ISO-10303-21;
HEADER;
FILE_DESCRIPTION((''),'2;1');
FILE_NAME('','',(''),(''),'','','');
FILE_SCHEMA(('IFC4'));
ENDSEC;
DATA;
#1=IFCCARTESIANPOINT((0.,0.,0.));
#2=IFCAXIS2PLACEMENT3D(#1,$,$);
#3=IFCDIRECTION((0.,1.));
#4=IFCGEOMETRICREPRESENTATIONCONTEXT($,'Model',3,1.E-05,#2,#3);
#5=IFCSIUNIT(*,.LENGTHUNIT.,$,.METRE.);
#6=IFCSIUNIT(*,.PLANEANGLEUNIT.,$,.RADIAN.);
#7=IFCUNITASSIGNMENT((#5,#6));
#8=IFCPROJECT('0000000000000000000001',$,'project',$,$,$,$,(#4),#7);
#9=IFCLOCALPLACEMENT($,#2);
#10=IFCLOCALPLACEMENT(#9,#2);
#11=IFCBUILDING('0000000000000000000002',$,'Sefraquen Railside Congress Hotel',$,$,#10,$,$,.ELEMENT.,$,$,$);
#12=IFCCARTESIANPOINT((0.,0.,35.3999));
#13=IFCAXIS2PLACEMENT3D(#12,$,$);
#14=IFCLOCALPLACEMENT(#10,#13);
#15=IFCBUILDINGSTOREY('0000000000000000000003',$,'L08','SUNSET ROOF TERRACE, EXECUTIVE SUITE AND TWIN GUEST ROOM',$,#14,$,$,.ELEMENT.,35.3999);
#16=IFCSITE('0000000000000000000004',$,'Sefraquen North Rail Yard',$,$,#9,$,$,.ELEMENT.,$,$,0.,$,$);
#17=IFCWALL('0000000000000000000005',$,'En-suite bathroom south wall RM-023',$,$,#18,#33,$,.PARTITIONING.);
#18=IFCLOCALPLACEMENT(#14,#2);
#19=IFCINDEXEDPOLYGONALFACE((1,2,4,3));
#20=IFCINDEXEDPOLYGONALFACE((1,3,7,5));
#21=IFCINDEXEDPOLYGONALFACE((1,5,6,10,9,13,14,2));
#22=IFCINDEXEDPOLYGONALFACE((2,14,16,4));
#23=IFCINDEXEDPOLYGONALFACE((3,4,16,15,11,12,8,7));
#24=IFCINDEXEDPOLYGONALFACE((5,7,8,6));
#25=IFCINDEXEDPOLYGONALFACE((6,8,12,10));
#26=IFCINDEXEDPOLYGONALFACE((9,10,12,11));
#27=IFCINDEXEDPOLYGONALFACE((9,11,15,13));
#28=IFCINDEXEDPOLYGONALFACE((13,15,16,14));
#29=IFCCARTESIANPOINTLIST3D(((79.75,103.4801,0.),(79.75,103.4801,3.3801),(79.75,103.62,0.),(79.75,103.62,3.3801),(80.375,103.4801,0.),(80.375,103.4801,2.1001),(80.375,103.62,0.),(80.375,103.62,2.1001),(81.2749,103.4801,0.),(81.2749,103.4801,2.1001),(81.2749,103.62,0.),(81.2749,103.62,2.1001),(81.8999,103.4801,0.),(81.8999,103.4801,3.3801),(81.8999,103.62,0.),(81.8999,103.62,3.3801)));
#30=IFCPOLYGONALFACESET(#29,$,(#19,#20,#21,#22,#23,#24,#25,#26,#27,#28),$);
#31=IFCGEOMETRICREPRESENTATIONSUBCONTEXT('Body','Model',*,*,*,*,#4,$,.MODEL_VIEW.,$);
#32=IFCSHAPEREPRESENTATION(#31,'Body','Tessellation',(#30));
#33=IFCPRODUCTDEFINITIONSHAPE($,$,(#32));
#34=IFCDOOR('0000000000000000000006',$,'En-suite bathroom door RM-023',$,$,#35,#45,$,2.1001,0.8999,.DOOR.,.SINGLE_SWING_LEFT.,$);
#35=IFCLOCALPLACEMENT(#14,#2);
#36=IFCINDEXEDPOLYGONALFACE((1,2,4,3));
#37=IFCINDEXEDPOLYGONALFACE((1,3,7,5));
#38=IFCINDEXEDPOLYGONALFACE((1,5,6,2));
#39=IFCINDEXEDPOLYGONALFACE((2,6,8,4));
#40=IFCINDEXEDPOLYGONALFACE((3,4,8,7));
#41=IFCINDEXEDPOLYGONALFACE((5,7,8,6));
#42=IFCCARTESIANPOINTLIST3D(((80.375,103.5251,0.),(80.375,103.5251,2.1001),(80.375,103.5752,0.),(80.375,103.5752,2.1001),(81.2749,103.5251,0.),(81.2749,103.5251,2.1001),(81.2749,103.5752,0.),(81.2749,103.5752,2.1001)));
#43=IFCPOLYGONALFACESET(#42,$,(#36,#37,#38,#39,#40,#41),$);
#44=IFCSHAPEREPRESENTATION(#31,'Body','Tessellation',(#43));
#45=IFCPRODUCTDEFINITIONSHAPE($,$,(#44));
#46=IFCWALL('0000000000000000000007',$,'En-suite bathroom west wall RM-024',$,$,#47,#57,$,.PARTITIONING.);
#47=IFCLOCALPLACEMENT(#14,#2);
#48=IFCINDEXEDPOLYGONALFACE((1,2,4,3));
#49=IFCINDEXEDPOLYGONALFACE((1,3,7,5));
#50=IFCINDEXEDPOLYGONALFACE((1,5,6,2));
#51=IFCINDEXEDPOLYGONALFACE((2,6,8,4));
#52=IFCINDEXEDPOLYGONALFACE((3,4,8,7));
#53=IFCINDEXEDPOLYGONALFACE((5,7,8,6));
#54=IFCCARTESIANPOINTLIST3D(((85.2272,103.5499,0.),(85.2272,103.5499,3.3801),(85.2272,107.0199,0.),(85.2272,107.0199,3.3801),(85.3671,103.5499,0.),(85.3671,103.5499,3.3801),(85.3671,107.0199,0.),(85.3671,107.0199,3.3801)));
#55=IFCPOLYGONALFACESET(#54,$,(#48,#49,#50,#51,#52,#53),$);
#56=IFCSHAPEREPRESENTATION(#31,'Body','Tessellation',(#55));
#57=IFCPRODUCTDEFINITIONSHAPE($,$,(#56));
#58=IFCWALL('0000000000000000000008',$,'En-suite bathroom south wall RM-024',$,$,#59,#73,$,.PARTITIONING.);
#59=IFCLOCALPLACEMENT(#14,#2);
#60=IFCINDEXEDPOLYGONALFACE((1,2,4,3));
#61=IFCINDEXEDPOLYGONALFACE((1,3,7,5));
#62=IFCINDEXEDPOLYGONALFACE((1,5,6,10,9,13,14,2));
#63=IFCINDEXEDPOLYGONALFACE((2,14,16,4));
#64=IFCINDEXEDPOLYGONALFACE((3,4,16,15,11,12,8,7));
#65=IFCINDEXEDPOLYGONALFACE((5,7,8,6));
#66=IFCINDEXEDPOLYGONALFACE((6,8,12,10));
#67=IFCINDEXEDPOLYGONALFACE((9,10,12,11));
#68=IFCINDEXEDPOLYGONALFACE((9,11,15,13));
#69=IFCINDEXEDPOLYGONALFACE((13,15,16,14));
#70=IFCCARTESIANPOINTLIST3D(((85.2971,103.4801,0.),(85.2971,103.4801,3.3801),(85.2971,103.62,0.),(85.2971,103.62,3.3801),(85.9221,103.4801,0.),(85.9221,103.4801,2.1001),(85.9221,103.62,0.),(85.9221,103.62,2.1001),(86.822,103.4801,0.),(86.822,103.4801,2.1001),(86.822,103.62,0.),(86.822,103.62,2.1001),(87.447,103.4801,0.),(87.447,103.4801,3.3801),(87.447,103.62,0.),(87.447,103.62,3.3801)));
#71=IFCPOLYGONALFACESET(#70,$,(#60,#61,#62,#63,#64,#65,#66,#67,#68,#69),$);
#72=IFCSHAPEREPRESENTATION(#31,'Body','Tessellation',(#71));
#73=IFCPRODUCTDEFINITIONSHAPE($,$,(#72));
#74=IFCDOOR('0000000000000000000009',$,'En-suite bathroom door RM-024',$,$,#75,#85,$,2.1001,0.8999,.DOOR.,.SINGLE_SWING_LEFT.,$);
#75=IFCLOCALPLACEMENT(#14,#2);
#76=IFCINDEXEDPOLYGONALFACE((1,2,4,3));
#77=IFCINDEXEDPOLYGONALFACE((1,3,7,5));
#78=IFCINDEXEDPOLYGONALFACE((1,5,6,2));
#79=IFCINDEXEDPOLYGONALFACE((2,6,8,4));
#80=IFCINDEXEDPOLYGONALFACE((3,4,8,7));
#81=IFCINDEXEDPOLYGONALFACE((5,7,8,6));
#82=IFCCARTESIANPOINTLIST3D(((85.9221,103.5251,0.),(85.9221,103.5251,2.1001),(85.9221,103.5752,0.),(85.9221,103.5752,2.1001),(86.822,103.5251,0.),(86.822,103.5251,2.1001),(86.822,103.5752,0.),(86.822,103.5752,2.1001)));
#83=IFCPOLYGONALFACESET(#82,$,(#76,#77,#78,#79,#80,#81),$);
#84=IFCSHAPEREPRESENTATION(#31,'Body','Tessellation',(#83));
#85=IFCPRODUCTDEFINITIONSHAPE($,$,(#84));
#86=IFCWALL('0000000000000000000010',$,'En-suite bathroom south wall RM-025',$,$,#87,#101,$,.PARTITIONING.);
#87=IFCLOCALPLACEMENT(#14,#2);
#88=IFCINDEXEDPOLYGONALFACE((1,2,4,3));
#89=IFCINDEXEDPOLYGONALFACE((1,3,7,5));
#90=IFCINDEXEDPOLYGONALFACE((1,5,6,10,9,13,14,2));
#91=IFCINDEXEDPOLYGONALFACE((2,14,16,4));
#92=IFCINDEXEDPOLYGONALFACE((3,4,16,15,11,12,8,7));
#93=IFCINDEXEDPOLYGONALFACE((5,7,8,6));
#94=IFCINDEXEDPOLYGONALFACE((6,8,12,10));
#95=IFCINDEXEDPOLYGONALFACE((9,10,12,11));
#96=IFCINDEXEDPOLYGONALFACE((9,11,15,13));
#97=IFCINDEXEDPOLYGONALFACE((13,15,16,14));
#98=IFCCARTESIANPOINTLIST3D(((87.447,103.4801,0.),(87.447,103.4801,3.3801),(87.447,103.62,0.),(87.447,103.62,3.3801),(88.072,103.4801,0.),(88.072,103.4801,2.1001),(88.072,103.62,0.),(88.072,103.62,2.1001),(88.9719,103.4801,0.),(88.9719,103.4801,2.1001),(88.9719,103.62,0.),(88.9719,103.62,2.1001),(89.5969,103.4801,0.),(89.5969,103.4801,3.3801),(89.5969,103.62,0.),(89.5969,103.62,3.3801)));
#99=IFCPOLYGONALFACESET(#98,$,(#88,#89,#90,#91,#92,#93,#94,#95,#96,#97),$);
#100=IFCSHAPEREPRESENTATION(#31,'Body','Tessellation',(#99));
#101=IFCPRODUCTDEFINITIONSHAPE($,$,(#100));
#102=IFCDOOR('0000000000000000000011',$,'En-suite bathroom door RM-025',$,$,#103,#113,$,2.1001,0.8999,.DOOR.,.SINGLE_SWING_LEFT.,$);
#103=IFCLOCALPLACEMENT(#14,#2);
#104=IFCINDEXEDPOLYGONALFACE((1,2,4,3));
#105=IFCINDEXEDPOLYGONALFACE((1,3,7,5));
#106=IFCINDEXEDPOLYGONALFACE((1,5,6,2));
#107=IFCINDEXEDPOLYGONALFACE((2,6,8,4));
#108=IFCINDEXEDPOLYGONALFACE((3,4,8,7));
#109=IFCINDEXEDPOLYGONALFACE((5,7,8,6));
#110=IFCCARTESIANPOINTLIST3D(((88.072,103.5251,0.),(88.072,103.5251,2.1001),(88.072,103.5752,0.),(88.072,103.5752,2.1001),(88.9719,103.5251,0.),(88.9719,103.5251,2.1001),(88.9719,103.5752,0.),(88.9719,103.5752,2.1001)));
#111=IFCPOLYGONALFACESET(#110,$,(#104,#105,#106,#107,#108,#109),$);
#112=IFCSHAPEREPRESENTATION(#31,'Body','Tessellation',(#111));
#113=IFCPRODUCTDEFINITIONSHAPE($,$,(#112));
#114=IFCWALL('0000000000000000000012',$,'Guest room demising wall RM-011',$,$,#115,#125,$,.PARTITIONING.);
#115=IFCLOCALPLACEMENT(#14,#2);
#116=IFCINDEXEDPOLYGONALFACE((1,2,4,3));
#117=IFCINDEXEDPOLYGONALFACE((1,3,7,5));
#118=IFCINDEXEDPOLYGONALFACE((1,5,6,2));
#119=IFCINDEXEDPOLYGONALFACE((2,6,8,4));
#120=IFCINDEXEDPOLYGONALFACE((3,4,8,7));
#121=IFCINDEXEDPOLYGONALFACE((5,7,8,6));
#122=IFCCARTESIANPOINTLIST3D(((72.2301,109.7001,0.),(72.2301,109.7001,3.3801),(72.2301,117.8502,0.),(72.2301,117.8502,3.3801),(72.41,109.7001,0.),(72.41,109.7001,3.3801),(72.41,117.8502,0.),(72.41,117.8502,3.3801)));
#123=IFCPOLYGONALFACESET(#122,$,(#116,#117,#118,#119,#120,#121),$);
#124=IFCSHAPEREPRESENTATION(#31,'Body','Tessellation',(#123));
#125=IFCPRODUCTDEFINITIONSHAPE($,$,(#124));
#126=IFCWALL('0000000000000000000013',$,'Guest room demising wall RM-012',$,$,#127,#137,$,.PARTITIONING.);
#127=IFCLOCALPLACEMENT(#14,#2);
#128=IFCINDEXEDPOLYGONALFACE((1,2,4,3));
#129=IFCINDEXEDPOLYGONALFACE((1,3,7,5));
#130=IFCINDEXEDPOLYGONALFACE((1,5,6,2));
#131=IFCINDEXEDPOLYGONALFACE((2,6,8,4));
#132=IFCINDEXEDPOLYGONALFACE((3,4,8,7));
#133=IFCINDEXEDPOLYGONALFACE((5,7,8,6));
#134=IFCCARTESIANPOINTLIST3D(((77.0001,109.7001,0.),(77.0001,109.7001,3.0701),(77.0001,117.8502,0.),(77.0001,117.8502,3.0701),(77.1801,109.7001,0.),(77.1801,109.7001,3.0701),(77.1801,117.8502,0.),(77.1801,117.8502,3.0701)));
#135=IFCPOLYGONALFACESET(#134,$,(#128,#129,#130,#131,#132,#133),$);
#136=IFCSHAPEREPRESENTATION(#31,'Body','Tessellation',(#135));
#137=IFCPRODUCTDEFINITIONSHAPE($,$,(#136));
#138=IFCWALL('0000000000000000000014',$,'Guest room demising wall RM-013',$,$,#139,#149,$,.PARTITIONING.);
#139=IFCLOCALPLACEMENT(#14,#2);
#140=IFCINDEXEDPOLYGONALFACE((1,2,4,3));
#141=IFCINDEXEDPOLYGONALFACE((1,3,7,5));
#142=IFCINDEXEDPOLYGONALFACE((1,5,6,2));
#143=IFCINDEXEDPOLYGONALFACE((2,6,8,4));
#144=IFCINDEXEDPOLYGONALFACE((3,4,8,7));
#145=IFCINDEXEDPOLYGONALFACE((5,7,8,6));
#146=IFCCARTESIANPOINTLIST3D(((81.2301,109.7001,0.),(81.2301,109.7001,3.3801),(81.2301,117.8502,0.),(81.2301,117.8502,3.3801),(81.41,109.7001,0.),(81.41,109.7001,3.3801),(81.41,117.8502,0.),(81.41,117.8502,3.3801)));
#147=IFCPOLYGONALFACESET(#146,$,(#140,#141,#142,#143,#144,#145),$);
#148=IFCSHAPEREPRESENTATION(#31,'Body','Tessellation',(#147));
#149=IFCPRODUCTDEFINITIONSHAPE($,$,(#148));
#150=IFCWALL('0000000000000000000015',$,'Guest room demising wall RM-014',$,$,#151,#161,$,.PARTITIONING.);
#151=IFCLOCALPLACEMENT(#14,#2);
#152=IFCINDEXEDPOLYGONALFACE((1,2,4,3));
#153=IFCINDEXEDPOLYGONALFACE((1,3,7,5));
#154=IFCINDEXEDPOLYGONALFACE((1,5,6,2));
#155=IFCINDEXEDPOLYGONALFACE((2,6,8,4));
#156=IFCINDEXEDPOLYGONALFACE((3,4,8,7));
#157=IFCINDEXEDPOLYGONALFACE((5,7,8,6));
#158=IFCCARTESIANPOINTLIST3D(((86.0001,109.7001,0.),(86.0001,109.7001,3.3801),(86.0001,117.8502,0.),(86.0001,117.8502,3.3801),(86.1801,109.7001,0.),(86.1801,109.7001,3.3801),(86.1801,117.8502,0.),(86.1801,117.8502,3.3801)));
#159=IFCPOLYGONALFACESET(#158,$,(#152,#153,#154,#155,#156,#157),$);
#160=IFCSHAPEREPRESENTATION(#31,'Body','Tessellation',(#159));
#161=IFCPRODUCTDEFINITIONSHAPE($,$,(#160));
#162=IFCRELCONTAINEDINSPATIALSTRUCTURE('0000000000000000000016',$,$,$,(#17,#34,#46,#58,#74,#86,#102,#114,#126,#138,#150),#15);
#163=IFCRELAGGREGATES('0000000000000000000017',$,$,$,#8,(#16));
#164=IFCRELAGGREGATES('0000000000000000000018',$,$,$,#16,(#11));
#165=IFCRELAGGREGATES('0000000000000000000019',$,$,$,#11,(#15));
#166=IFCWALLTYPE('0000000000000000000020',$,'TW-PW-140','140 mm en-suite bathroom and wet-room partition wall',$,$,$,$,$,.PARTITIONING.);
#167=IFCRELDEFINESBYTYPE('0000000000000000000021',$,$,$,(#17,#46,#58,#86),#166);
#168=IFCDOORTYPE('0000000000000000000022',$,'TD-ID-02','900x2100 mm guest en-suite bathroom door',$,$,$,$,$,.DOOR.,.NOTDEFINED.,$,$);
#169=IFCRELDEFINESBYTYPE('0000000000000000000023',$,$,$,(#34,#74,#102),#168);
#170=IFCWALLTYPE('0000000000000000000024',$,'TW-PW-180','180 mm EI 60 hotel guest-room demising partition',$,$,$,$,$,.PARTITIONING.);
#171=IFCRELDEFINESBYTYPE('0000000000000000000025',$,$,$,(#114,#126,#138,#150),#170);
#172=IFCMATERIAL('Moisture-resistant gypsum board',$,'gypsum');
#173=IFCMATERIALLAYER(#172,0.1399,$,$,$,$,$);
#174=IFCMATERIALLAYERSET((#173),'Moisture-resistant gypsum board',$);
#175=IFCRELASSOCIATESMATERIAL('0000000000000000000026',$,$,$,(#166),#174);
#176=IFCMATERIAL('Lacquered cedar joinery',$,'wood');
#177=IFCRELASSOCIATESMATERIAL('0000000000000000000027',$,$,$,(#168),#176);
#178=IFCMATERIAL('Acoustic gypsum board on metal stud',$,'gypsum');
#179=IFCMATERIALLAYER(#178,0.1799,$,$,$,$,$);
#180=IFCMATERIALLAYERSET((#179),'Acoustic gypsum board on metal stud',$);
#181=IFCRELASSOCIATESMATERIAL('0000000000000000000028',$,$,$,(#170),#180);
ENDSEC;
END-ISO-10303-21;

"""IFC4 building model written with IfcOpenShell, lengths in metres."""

from ifc_helpers import new_model, si_unit, direction, frame, frame_2d, origin, place, context, subcontext, project, spatial, rectangle, extrude, material, layer, layer_set, type_object, element, fill, save


model = new_model("IFC4")

# Units and contexts
model_context = context("Model", 3, precision=1e-05, world=origin(), true_north=direction((0.0, 1.0)))
body_context = subcontext(model_context, "Body", "Model", "MODEL_VIEW")
ifc_project = project(units=[si_unit("LENGTHUNIT", "METRE"), si_unit("PLANEANGLEUNIT", "RADIAN")], contexts=[model_context])

# Site, building, storey
site_placement = place(None, origin())
site = spatial("IfcSite", under=ifc_project, at=site_placement, Name="Sefraquen North Rail Yard", CompositionType="ELEMENT", RefElevation=0.0)
building_placement = place(site_placement, origin())
building = spatial("IfcBuilding", under=site, at=building_placement, Name="Sefraquen Railside Congress Hotel", CompositionType="ELEMENT")
storey_placement = place(building_placement, frame((0.0, 0.0, 35.3999)))
storey = spatial("IfcBuildingStorey", under=building, at=storey_placement, Name="L08", Description="SUNSET ROOF TERRACE, EXECUTIVE SUITE AND TWIN GUEST ROOM", CompositionType="ELEMENT", Elevation=35.3999)

# Shared definitions
ifc_material_1 = material(Name="Moisture-resistant gypsum board", Category="gypsum")
ifc_layer_1 = layer(ifc_material_1, 0.1399)
ifc_layer_set_1 = layer_set([ifc_layer_1], Name="Moisture-resistant gypsum board")
wall_type_1 = type_object("IfcWallType", Name="TW-PW-140", Description="140 mm en-suite bathroom and wet-room partition wall", PredefinedType="PARTITIONING", material=ifc_layer_set_1)

# Wall, opening, door
wall_1_placement = place(storey_placement, frame((79.75, 103.55, 0.0), z_axis=(0.0, 0.0, 1.0), x_axis=(1.0, 0.0, 0.0)))
wall_1 = element("IfcWall", 1, at=wall_1_placement, inside=storey, type_object=wall_type_1, Name="En-suite bathroom south wall RM-023", PredefinedType="PARTITIONING", context=body_context, shape_type="SweptSolid", body=[
    extrude(rectangle(XDim=2.1499, YDim=0.1399, at=frame_2d((1.075, 0.0))), origin(), (0.0, 0.0, 1.0), 3.3801),
])
opening_1_placement = place(wall_1_placement, frame((0.625, 0.0, 0.0)))
opening_1 = element("IfcOpeningElement", 2, at=opening_1_placement, cuts=wall_1, PredefinedType="OPENING", context=body_context, shape_type="SweptSolid", body=[
    extrude(rectangle(XDim=0.8999, YDim=2.1001, at=frame_2d((0.45, 1.05))), frame((0.0, 0.0798, 0.0), z_axis=(0.0, -1.0, 0.0), x_axis=(1.0, 0.0, 0.0)), (0.0, 0.0, 1.0), 0.1599),
])
ifc_material_2 = material(Name="Lacquered cedar joinery", Category="wood")
door_type_1 = type_object("IfcDoorType", Name="TD-ID-02", Description="900x2100 mm guest en-suite bathroom door", OperationType="NOTDEFINED", PredefinedType="DOOR", material=ifc_material_2)
door_1_placement = place(opening_1_placement, frame((0.8999, 0.0, 0.0), z_axis=(0.0, 0.0, 1.0), x_axis=(-1.0, 0.0, 0.0)))
door_1 = element("IfcDoor", 3, at=door_1_placement, inside=storey, type_object=door_type_1, Name="En-suite bathroom door RM-023", OperationType="SINGLE_SWING_LEFT", OverallHeight=2.1001, OverallWidth=0.8999, PredefinedType="DOOR", context=body_context, shape_type="SweptSolid", body=[
    extrude(rectangle(XDim=0.8999, YDim=2.1001, at=frame_2d((0.45, 1.05))), frame((0.0, 0.0249, 0.0), z_axis=(0.0, -1.0, 0.0), x_axis=(1.0, 0.0, 0.0)), (0.0, 0.0, 1.0), 0.05),
])
fill(opening_1, door_1)

# Wall
wall_2_placement = place(storey_placement, frame((85.2971, 103.55, 0.0), z_axis=(0.0, 0.0, 1.0), x_axis=(0.0, 1.0, 0.0)))
element("IfcWall", 4, at=wall_2_placement, inside=storey, type_object=wall_type_1, Name="En-suite bathroom west wall RM-024", PredefinedType="PARTITIONING", context=body_context, shape_type="SweptSolid", body=[
    extrude(rectangle(XDim=3.47, YDim=0.1399, at=frame_2d((1.7349, 0.0))), origin(), (0.0, 0.0, 1.0), 3.3801),
])

# Walls, openings, doors
wall_3_placement = place(storey_placement, frame((85.2971, 103.55, 0.0), z_axis=(0.0, 0.0, 1.0), x_axis=(1.0, 0.0, 0.0)))
wall_3 = element("IfcWall", 5, at=wall_3_placement, inside=storey, type_object=wall_type_1, Name="En-suite bathroom south wall RM-024", PredefinedType="PARTITIONING", context=body_context, shape_type="SweptSolid", body=[
    extrude(rectangle(XDim=2.1499, YDim=0.1399, at=frame_2d((1.075, 0.0))), origin(), (0.0, 0.0, 1.0), 3.3801),
])
opening_2_placement = place(wall_3_placement, frame((0.625, 0.0, 0.0)))
opening_2 = element("IfcOpeningElement", 6, at=opening_2_placement, cuts=wall_3, PredefinedType="OPENING", context=body_context, shape_type="SweptSolid", body=[
    extrude(rectangle(XDim=0.8999, YDim=2.1001, at=frame_2d((0.45, 1.05))), frame((0.0, 0.0798, 0.0), z_axis=(0.0, -1.0, 0.0), x_axis=(1.0, 0.0, 0.0)), (0.0, 0.0, 1.0), 0.1599),
])
door_2_placement = place(opening_2_placement, frame((0.8999, 0.0, 0.0), z_axis=(0.0, 0.0, 1.0), x_axis=(-1.0, 0.0, 0.0)))
door_2 = element("IfcDoor", 7, at=door_2_placement, inside=storey, type_object=door_type_1, Name="En-suite bathroom door RM-024", OperationType="SINGLE_SWING_LEFT", OverallHeight=2.1001, OverallWidth=0.8999, PredefinedType="DOOR", context=body_context, shape_type="SweptSolid", body=[
    extrude(rectangle(XDim=0.8999, YDim=2.1001, at=frame_2d((0.45, 1.05))), frame((0.0, 0.0249, 0.0), z_axis=(0.0, -1.0, 0.0), x_axis=(1.0, 0.0, 0.0)), (0.0, 0.0, 1.0), 0.05),
])
fill(opening_2, door_2)
wall_4_placement = place(storey_placement, frame((87.447, 103.55, 0.0), z_axis=(0.0, 0.0, 1.0), x_axis=(1.0, 0.0, 0.0)))
wall_4 = element("IfcWall", 8, at=wall_4_placement, inside=storey, type_object=wall_type_1, Name="En-suite bathroom south wall RM-025", PredefinedType="PARTITIONING", context=body_context, shape_type="SweptSolid", body=[
    extrude(rectangle(XDim=2.1499, YDim=0.1399, at=frame_2d((1.075, 0.0))), origin(), (0.0, 0.0, 1.0), 3.3801),
])
opening_3_placement = place(wall_4_placement, frame((0.625, 0.0, 0.0)))
opening_3 = element("IfcOpeningElement", 9, at=opening_3_placement, cuts=wall_4, PredefinedType="OPENING", context=body_context, shape_type="SweptSolid", body=[
    extrude(rectangle(XDim=0.8999, YDim=2.1001, at=frame_2d((0.45, 1.05))), frame((0.0, 0.0798, 0.0), z_axis=(0.0, -1.0, 0.0), x_axis=(1.0, 0.0, 0.0)), (0.0, 0.0, 1.0), 0.1599),
])
door_3_placement = place(opening_3_placement, frame((0.8999, 0.0, 0.0), z_axis=(0.0, 0.0, 1.0), x_axis=(-1.0, 0.0, 0.0)))
door_3 = element("IfcDoor", 10, at=door_3_placement, inside=storey, type_object=door_type_1, Name="En-suite bathroom door RM-025", OperationType="SINGLE_SWING_LEFT", OverallHeight=2.1001, OverallWidth=0.8999, PredefinedType="DOOR", context=body_context, shape_type="SweptSolid", body=[
    extrude(rectangle(XDim=0.8999, YDim=2.1001, at=frame_2d((0.45, 1.05))), frame((0.0, 0.0249, 0.0), z_axis=(0.0, -1.0, 0.0), x_axis=(1.0, 0.0, 0.0)), (0.0, 0.0, 1.0), 0.05),
])
fill(opening_3, door_3)

# Walls
ifc_material_3 = material(Name="Acoustic gypsum board on metal stud", Category="gypsum")
ifc_layer_2 = layer(ifc_material_3, 0.1799)
ifc_layer_set_2 = layer_set([ifc_layer_2], Name="Acoustic gypsum board on metal stud")
wall_type_2 = type_object("IfcWallType", Name="TW-PW-180", Description="180 mm EI 60 hotel guest-room demising partition", PredefinedType="PARTITIONING", material=ifc_layer_set_2)
wall_5_placement = place(storey_placement, frame((72.3201, 109.7, 0.0), z_axis=(0.0, 0.0, 1.0), x_axis=(0.0, 1.0, 0.0)))
element("IfcWall", 11, at=wall_5_placement, inside=storey, type_object=wall_type_2, Name="Guest room demising wall RM-011", PredefinedType="PARTITIONING", context=body_context, shape_type="SweptSolid", body=[
    extrude(rectangle(XDim=8.1501, YDim=0.1799, at=frame_2d((4.0752, 0.0))), origin(), (0.0, 0.0, 1.0), 3.3801),
])
wall_6_placement = place(storey_placement, frame((77.0901, 109.7, 0.0), z_axis=(0.0, 0.0, 1.0), x_axis=(0.0, 1.0, 0.0)))
element("IfcWall", 12, at=wall_6_placement, inside=storey, type_object=wall_type_2, Name="Guest room demising wall RM-012", PredefinedType="PARTITIONING", context=body_context, shape_type="SweptSolid", body=[
    extrude(rectangle(XDim=8.1501, YDim=0.1799, at=frame_2d((4.0752, 0.0))), origin(), (0.0, 0.0, 1.0), 3.0701),
])
for number, where, z_axis, x_axis, name in (
    (13, (81.3201, 109.7, 0.0), (0.0, 0.0, 1.0), (0.0, 1.0, 0.0), "Guest room demising wall RM-013"),
    (14, (86.0901, 109.7, 0.0), (0.0, 0.0, 1.0), (0.0, 1.0, 0.0), "Guest room demising wall RM-014"),
):
    element("IfcWall", number, at=place(storey_placement, frame(where, z_axis=z_axis, x_axis=x_axis)), inside=storey, type_object=wall_type_2, Name=name, PredefinedType="PARTITIONING", context=body_context, shape_type="SweptSolid", body=[
        extrude(rectangle(XDim=8.1501, YDim=0.1799, at=frame_2d((4.0752, 0.0))), origin(), (0.0, 0.0, 1.0), 3.3801),
    ])

save(model, "model.ifc")
